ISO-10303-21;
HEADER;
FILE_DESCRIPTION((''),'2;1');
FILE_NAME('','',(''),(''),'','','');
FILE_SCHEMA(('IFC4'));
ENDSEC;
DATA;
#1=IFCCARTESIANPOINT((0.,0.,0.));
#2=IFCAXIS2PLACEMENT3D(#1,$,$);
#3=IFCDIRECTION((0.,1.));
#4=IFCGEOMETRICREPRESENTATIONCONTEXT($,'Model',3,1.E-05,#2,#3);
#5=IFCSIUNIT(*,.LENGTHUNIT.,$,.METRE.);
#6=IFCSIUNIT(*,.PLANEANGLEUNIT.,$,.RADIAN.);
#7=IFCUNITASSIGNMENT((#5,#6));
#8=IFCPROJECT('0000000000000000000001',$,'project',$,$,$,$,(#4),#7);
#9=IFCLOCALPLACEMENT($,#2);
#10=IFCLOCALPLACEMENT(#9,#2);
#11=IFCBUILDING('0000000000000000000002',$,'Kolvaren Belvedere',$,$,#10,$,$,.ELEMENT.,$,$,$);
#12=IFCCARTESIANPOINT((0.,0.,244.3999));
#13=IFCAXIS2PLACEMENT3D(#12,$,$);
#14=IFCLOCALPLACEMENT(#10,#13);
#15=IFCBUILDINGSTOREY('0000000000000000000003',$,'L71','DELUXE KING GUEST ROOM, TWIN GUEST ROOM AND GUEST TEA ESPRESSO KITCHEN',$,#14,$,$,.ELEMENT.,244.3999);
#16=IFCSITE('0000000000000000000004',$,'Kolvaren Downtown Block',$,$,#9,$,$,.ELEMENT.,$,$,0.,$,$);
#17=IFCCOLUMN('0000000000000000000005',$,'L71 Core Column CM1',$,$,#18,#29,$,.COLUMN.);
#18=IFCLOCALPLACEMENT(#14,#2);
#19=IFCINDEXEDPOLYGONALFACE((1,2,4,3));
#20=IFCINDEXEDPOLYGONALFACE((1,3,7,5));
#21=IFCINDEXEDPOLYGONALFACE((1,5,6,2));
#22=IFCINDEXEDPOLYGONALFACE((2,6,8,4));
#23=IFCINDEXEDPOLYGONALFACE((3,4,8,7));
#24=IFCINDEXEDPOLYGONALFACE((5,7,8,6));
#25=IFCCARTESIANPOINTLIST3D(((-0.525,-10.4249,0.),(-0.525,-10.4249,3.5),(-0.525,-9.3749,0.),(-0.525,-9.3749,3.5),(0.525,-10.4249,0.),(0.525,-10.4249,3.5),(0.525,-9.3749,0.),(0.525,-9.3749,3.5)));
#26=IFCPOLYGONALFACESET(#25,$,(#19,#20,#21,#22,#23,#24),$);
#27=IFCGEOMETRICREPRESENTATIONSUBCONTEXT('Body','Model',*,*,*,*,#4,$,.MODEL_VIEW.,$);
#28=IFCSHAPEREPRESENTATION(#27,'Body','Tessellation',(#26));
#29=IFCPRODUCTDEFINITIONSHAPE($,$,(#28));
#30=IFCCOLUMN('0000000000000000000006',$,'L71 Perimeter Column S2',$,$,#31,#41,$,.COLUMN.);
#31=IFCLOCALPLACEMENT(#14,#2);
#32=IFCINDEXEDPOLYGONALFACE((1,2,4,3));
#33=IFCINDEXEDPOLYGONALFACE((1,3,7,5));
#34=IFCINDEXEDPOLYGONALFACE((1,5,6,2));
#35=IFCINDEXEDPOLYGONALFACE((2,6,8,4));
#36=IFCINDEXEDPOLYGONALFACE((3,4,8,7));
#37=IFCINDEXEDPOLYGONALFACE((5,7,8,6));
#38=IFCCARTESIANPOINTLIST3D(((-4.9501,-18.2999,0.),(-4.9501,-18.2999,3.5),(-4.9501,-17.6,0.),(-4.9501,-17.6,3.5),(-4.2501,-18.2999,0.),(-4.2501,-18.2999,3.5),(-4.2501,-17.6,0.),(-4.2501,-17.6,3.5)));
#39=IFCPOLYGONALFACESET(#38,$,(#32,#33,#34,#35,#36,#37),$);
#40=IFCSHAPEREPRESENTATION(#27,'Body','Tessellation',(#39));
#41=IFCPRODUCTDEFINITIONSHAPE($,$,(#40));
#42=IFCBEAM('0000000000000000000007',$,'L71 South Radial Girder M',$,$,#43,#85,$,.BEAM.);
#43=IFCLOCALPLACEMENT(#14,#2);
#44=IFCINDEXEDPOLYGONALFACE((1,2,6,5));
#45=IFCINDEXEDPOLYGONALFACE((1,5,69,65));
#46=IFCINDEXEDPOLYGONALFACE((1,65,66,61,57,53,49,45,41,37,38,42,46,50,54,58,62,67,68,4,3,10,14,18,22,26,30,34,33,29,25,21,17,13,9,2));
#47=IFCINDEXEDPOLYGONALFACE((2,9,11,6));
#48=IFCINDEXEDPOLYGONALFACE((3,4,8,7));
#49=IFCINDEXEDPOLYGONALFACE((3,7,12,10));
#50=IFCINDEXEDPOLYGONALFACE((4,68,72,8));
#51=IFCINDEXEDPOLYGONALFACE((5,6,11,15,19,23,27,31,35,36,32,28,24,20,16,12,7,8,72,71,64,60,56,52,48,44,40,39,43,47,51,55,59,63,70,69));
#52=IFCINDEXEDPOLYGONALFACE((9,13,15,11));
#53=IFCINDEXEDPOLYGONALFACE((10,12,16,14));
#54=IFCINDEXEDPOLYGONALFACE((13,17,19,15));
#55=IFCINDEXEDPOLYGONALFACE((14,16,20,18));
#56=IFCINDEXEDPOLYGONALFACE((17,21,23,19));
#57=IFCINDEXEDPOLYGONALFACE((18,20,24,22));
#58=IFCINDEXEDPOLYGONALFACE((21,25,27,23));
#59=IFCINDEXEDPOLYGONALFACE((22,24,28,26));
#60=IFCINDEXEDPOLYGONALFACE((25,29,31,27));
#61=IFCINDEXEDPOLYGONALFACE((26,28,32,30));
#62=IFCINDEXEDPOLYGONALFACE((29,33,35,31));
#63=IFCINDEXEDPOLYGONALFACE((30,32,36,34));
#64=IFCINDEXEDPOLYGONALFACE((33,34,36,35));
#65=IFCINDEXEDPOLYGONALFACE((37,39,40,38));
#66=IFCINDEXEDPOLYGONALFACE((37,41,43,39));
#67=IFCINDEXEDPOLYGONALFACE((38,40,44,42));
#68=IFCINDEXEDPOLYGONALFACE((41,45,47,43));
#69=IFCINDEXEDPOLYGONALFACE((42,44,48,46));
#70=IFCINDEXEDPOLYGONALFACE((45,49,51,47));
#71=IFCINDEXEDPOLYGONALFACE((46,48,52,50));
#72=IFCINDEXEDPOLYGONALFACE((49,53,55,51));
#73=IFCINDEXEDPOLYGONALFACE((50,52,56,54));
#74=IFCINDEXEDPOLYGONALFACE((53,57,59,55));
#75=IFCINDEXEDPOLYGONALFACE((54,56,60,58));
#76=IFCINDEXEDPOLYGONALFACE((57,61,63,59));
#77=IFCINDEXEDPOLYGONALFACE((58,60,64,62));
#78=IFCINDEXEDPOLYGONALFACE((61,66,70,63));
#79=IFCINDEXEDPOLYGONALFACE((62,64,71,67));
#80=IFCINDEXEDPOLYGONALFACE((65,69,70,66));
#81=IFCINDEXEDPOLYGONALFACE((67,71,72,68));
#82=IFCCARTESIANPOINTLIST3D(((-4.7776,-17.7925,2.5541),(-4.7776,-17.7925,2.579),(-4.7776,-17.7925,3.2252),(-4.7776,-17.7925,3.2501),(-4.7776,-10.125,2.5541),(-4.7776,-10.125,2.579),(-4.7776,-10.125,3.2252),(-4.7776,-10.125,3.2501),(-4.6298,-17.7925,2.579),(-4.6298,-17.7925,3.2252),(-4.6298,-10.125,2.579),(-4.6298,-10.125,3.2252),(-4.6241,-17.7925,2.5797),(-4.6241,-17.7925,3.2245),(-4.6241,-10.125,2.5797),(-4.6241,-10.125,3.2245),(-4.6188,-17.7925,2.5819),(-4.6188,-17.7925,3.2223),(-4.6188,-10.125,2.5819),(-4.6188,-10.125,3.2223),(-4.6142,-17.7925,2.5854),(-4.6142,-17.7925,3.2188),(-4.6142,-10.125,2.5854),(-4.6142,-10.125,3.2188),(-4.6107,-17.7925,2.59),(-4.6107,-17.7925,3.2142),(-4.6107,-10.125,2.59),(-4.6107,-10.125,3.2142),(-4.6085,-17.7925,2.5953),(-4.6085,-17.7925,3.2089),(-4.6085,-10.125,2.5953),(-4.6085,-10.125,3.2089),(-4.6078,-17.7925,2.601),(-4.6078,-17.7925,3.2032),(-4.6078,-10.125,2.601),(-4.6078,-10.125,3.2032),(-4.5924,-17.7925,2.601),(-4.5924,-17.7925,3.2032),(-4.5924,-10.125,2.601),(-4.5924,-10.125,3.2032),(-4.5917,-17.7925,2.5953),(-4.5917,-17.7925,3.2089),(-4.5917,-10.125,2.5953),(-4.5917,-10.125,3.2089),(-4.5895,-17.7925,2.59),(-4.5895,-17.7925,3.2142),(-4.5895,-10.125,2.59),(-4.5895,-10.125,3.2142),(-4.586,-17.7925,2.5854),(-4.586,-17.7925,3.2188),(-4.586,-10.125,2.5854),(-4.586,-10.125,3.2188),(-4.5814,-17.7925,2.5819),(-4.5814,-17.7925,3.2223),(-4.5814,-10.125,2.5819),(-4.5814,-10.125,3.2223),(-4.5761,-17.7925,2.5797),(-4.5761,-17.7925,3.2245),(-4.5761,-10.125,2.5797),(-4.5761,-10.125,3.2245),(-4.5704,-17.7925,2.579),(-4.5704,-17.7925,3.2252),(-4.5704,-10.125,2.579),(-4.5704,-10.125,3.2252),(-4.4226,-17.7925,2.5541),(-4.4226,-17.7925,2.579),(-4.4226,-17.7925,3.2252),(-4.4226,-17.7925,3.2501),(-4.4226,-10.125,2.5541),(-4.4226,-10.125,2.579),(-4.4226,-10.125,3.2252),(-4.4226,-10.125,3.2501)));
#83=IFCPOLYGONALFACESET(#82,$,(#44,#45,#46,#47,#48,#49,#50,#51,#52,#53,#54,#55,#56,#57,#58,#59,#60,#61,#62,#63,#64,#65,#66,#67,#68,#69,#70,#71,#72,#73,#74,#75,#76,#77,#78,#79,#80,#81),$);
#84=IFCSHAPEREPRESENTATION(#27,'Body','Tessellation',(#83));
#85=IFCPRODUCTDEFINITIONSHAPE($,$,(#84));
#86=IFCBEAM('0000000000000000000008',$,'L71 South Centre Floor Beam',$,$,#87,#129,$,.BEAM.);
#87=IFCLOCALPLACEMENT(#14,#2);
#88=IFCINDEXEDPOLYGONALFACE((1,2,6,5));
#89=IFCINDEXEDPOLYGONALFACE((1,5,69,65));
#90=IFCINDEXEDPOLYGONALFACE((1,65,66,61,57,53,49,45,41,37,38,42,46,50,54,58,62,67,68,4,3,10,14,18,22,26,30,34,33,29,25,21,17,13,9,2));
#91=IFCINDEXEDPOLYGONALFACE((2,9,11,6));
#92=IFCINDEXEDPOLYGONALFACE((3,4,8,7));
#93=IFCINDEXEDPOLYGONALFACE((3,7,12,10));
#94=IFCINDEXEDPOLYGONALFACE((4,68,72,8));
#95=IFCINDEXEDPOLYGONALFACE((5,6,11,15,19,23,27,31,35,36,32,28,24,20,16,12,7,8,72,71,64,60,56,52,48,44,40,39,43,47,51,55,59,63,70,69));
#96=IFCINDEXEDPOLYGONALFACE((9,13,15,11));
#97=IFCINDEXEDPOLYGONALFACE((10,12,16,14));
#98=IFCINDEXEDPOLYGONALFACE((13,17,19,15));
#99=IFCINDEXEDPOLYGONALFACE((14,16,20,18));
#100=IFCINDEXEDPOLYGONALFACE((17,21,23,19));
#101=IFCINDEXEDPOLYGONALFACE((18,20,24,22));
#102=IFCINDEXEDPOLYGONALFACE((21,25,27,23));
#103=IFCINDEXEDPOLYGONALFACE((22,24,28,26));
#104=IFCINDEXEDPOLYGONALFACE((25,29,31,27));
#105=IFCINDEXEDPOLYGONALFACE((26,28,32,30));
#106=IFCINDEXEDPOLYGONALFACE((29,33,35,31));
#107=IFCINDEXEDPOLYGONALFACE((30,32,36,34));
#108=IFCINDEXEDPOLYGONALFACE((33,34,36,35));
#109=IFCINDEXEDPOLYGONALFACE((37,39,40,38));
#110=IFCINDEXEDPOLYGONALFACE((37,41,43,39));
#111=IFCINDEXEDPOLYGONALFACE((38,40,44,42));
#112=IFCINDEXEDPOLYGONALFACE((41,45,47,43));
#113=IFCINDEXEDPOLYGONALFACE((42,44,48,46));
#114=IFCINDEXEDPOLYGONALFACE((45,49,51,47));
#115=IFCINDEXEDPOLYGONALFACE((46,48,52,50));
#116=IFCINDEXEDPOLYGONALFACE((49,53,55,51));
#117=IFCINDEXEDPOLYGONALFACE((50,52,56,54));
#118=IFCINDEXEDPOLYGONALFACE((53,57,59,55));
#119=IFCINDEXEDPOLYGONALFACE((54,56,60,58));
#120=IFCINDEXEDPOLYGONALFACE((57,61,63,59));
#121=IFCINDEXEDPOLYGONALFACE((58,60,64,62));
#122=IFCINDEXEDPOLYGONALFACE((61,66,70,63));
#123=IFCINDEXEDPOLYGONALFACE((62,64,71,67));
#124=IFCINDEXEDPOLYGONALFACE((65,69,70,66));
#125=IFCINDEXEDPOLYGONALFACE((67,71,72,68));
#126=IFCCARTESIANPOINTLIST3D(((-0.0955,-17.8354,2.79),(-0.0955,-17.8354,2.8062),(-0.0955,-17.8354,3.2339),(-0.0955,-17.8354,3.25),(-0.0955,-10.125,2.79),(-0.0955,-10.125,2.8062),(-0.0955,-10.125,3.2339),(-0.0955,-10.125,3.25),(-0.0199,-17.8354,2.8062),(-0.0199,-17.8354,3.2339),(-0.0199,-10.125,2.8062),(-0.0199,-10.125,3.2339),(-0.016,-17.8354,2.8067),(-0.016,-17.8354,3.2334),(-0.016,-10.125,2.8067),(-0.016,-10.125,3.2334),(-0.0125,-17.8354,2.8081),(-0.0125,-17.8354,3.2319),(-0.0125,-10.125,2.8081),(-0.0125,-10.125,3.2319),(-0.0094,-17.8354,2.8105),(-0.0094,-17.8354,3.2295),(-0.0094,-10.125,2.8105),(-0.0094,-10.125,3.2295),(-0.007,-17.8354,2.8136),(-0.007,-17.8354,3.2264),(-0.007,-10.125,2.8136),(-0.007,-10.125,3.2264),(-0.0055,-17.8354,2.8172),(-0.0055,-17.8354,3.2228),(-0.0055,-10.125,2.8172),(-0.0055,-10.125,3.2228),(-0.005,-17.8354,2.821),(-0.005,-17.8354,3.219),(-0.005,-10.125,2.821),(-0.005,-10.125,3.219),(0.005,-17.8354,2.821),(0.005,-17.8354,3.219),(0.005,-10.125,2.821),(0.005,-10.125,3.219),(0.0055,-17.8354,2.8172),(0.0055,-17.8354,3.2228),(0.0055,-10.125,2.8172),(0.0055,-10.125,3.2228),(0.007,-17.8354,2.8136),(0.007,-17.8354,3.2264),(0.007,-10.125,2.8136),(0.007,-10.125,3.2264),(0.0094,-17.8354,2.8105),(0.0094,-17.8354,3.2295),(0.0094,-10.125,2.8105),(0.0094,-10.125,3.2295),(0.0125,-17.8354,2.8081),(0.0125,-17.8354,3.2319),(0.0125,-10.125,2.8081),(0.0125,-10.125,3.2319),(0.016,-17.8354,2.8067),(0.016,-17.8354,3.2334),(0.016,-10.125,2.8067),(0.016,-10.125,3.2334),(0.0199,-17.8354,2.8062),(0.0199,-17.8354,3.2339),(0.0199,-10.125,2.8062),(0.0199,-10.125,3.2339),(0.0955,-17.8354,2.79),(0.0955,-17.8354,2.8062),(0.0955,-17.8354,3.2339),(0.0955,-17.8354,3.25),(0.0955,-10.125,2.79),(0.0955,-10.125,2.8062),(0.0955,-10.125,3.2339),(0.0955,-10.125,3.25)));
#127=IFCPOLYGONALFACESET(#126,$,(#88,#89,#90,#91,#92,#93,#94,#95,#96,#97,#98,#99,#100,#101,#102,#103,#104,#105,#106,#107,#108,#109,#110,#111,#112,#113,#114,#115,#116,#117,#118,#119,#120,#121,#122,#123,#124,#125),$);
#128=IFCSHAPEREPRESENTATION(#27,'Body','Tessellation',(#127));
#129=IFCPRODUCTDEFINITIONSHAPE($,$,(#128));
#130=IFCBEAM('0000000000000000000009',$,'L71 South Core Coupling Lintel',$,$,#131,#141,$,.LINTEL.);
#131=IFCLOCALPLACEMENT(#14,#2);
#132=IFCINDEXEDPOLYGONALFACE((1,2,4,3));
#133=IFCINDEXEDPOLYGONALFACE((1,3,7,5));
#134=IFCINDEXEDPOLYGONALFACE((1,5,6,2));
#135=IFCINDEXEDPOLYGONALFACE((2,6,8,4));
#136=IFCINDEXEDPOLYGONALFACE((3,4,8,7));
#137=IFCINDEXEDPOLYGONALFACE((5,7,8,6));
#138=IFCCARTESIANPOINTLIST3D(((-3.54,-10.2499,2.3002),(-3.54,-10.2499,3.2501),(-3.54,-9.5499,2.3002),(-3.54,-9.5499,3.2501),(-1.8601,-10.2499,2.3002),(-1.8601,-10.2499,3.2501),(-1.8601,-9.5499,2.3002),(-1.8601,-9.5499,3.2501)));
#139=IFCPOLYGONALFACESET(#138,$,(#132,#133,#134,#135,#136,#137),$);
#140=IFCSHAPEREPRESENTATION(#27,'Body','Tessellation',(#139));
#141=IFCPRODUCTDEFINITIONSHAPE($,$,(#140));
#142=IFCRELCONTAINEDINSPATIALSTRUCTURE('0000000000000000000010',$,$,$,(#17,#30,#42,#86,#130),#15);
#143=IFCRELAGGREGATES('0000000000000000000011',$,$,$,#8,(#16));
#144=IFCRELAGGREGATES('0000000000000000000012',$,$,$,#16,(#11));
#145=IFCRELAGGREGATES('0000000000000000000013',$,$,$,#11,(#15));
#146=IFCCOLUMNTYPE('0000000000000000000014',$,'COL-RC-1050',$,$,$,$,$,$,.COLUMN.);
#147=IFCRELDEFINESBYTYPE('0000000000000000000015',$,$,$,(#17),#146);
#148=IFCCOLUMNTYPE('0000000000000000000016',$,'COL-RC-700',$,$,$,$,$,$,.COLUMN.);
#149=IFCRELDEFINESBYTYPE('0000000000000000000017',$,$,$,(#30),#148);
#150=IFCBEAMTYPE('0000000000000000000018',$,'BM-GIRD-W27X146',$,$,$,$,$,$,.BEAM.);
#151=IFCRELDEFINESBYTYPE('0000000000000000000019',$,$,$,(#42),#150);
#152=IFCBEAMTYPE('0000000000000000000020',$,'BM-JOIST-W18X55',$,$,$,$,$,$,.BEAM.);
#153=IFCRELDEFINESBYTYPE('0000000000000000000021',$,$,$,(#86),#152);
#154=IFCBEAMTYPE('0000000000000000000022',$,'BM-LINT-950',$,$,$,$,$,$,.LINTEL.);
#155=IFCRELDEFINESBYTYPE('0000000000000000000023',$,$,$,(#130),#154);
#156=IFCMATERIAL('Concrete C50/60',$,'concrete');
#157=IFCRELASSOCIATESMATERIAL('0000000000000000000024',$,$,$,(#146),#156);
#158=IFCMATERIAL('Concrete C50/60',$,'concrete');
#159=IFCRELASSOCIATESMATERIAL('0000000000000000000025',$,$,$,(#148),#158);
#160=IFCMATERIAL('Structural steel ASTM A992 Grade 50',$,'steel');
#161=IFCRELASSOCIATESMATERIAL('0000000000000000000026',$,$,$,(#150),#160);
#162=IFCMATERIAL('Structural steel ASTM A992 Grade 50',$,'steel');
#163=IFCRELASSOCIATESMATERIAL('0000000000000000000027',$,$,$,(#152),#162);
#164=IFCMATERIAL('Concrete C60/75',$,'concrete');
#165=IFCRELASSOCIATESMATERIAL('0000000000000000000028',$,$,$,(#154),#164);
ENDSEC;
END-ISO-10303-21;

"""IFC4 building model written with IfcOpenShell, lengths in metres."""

from ifc_helpers import new_model, si_unit, direction, frame, origin, origin_2d, place, context, subcontext, project, spatial, rectangle, i_section, extrude, material, material_profile, profile_set, type_object, element, save


model = new_model("IFC4")

# Units and contexts
model_context = context("Model", 3, precision=1e-05, world=origin(), true_north=direction((0.0, 1.0)))
body_context = subcontext(model_context, "Body", "Model", "MODEL_VIEW")
ifc_project = project(units=[si_unit("LENGTHUNIT", "METRE"), si_unit("PLANEANGLEUNIT", "RADIAN")], contexts=[model_context])

# Site, building, storey
site_placement = place(None, origin())
site = spatial("IfcSite", under=ifc_project, at=site_placement, Name="Kolvaren Downtown Block", CompositionType="ELEMENT", RefElevation=0.0)
building_placement = place(site_placement, origin())
building = spatial("IfcBuilding", under=site, at=building_placement, Name="Kolvaren Belvedere", CompositionType="ELEMENT")
storey_placement = place(building_placement, frame((0.0, 0.0, 244.3999)))
storey = spatial("IfcBuildingStorey", under=building, at=storey_placement, Name="L71", Description="DELUXE KING GUEST ROOM, TWIN GUEST ROOM AND GUEST TEA ESPRESSO KITCHEN", CompositionType="ELEMENT", Elevation=244.3999)

# Columns
ifc_material_1 = material(Name="Concrete C50/60", Category="concrete")
ifc_material_profile_1 = material_profile(ifc_material_1, rectangle(XDim=1.05, YDim=1.05, at=origin_2d()), Name="RC 1050X1050")
ifc_profile_set_1 = profile_set([ifc_material_profile_1], Name="Concrete C50/60")
column_type_1 = type_object("IfcColumnType", Name="COL-RC-1050", PredefinedType="COLUMN", material=ifc_profile_set_1)
column_1_placement = place(storey_placement, frame((0.0, -9.8999, 0.0), z_axis=(0.0, 0.0, 1.0), x_axis=(1.0, 0.0, 0.0)))
element("IfcColumn", 1, at=column_1_placement, inside=storey, type_object=column_type_1, Name="L71 Core Column CM1", PredefinedType="COLUMN", context=body_context, shape_type="SweptSolid", body=[
    extrude(rectangle(XDim=1.05, YDim=1.05, at=origin_2d()), origin(), (0.0, 0.0, 1.0), 3.5),
])
ifc_material_2 = material(Name="Concrete C50/60", Category="concrete")
ifc_material_profile_2 = material_profile(ifc_material_2, rectangle(XDim=0.7, YDim=0.7, at=origin_2d()), Name="RC 700X700")
ifc_profile_set_2 = profile_set([ifc_material_profile_2], Name="Concrete C50/60")
column_type_2 = type_object("IfcColumnType", Name="COL-RC-700", PredefinedType="COLUMN", material=ifc_profile_set_2)
column_2_placement = place(storey_placement, frame((-4.6001, -17.95, 0.0), z_axis=(0.0, 0.0, 1.0), x_axis=(1.0, 0.0, 0.0)))
element("IfcColumn", 2, at=column_2_placement, inside=storey, type_object=column_type_2, Name="L71 Perimeter Column S2", PredefinedType="COLUMN", context=body_context, shape_type="SweptSolid", body=[
    extrude(rectangle(XDim=0.7, YDim=0.7, at=origin_2d()), origin(), (0.0, 0.0, 1.0), 3.5),
])

# Beams
ifc_material_3 = material(Name="Structural steel ASTM A992 Grade 50", Category="steel")
ifc_material_profile_3 = material_profile(ifc_material_3, i_section(OverallWidth=0.355, OverallDepth=0.696, WebThickness=0.0154, FlangeThickness=0.0249, FilletRadius=0.022, at=origin_2d()), Name="W27X146")
ifc_profile_set_3 = profile_set([ifc_material_profile_3], Name="Structural steel ASTM A992 Grade 50")
beam_type_1 = type_object("IfcBeamType", Name="BM-GIRD-W27X146", PredefinedType="BEAM", material=ifc_profile_set_3)
beam_1_placement = place(storey_placement, frame((-4.6001, -10.125, 2.9021), z_axis=(0.0, -1.0, 0.0), x_axis=(1.0, 0.0, 0.0)))
element("IfcBeam", 3, at=beam_1_placement, inside=storey, type_object=beam_type_1, Name="L71 South Radial Girder M", PredefinedType="BEAM", context=body_context, shape_type="SweptSolid", body=[
    extrude(i_section(OverallWidth=0.355, OverallDepth=0.696, WebThickness=0.0154, FlangeThickness=0.0249, FilletRadius=0.022, at=origin_2d()), origin(), (0.0, 0.0, 1.0), 7.6675),
])
ifc_material_4 = material(Name="Structural steel ASTM A992 Grade 50", Category="steel")
ifc_material_profile_4 = material_profile(ifc_material_4, i_section(OverallWidth=0.1909, OverallDepth=0.46, WebThickness=0.01, FlangeThickness=0.0161, FilletRadius=0.0149, at=origin_2d()), Name="W18X55")
ifc_profile_set_4 = profile_set([ifc_material_profile_4], Name="Structural steel ASTM A992 Grade 50")
beam_type_2 = type_object("IfcBeamType", Name="BM-JOIST-W18X55", PredefinedType="BEAM", material=ifc_profile_set_4)
beam_2_placement = place(storey_placement, frame((0.0, -10.125, 3.02), z_axis=(0.0, -1.0, 0.0), x_axis=(1.0, 0.0, 0.0)))
element("IfcBeam", 4, at=beam_2_placement, inside=storey, type_object=beam_type_2, Name="L71 South Centre Floor Beam", PredefinedType="BEAM", context=body_context, shape_type="SweptSolid", body=[
    extrude(i_section(OverallWidth=0.1909, OverallDepth=0.46, WebThickness=0.01, FlangeThickness=0.0161, FilletRadius=0.0149, at=origin_2d()), origin(), (0.0, 0.0, 1.0), 7.7104),
])
ifc_material_5 = material(Name="Concrete C60/75", Category="concrete")
ifc_material_profile_5 = material_profile(ifc_material_5, rectangle(XDim=0.7, YDim=0.95, at=origin_2d()), Name="RC 700X950")
ifc_profile_set_5 = profile_set([ifc_material_profile_5], Name="Concrete C60/75")
beam_type_3 = type_object("IfcBeamType", Name="BM-LINT-950", PredefinedType="LINTEL", material=ifc_profile_set_5)
beam_3_placement = place(storey_placement, frame((-3.54, -9.8999, 2.7751), z_axis=(1.0, 0.0, 0.0), x_axis=(0.0, 1.0, 0.0)))
element("IfcBeam", 5, at=beam_3_placement, inside=storey, type_object=beam_type_3, Name="L71 South Core Coupling Lintel", PredefinedType="LINTEL", context=body_context, shape_type="SweptSolid", body=[
    extrude(rectangle(XDim=0.7, YDim=0.95, at=origin_2d()), origin(), (0.0, 0.0, 1.0), 1.6799),
])

save(model, "model.ifc")
